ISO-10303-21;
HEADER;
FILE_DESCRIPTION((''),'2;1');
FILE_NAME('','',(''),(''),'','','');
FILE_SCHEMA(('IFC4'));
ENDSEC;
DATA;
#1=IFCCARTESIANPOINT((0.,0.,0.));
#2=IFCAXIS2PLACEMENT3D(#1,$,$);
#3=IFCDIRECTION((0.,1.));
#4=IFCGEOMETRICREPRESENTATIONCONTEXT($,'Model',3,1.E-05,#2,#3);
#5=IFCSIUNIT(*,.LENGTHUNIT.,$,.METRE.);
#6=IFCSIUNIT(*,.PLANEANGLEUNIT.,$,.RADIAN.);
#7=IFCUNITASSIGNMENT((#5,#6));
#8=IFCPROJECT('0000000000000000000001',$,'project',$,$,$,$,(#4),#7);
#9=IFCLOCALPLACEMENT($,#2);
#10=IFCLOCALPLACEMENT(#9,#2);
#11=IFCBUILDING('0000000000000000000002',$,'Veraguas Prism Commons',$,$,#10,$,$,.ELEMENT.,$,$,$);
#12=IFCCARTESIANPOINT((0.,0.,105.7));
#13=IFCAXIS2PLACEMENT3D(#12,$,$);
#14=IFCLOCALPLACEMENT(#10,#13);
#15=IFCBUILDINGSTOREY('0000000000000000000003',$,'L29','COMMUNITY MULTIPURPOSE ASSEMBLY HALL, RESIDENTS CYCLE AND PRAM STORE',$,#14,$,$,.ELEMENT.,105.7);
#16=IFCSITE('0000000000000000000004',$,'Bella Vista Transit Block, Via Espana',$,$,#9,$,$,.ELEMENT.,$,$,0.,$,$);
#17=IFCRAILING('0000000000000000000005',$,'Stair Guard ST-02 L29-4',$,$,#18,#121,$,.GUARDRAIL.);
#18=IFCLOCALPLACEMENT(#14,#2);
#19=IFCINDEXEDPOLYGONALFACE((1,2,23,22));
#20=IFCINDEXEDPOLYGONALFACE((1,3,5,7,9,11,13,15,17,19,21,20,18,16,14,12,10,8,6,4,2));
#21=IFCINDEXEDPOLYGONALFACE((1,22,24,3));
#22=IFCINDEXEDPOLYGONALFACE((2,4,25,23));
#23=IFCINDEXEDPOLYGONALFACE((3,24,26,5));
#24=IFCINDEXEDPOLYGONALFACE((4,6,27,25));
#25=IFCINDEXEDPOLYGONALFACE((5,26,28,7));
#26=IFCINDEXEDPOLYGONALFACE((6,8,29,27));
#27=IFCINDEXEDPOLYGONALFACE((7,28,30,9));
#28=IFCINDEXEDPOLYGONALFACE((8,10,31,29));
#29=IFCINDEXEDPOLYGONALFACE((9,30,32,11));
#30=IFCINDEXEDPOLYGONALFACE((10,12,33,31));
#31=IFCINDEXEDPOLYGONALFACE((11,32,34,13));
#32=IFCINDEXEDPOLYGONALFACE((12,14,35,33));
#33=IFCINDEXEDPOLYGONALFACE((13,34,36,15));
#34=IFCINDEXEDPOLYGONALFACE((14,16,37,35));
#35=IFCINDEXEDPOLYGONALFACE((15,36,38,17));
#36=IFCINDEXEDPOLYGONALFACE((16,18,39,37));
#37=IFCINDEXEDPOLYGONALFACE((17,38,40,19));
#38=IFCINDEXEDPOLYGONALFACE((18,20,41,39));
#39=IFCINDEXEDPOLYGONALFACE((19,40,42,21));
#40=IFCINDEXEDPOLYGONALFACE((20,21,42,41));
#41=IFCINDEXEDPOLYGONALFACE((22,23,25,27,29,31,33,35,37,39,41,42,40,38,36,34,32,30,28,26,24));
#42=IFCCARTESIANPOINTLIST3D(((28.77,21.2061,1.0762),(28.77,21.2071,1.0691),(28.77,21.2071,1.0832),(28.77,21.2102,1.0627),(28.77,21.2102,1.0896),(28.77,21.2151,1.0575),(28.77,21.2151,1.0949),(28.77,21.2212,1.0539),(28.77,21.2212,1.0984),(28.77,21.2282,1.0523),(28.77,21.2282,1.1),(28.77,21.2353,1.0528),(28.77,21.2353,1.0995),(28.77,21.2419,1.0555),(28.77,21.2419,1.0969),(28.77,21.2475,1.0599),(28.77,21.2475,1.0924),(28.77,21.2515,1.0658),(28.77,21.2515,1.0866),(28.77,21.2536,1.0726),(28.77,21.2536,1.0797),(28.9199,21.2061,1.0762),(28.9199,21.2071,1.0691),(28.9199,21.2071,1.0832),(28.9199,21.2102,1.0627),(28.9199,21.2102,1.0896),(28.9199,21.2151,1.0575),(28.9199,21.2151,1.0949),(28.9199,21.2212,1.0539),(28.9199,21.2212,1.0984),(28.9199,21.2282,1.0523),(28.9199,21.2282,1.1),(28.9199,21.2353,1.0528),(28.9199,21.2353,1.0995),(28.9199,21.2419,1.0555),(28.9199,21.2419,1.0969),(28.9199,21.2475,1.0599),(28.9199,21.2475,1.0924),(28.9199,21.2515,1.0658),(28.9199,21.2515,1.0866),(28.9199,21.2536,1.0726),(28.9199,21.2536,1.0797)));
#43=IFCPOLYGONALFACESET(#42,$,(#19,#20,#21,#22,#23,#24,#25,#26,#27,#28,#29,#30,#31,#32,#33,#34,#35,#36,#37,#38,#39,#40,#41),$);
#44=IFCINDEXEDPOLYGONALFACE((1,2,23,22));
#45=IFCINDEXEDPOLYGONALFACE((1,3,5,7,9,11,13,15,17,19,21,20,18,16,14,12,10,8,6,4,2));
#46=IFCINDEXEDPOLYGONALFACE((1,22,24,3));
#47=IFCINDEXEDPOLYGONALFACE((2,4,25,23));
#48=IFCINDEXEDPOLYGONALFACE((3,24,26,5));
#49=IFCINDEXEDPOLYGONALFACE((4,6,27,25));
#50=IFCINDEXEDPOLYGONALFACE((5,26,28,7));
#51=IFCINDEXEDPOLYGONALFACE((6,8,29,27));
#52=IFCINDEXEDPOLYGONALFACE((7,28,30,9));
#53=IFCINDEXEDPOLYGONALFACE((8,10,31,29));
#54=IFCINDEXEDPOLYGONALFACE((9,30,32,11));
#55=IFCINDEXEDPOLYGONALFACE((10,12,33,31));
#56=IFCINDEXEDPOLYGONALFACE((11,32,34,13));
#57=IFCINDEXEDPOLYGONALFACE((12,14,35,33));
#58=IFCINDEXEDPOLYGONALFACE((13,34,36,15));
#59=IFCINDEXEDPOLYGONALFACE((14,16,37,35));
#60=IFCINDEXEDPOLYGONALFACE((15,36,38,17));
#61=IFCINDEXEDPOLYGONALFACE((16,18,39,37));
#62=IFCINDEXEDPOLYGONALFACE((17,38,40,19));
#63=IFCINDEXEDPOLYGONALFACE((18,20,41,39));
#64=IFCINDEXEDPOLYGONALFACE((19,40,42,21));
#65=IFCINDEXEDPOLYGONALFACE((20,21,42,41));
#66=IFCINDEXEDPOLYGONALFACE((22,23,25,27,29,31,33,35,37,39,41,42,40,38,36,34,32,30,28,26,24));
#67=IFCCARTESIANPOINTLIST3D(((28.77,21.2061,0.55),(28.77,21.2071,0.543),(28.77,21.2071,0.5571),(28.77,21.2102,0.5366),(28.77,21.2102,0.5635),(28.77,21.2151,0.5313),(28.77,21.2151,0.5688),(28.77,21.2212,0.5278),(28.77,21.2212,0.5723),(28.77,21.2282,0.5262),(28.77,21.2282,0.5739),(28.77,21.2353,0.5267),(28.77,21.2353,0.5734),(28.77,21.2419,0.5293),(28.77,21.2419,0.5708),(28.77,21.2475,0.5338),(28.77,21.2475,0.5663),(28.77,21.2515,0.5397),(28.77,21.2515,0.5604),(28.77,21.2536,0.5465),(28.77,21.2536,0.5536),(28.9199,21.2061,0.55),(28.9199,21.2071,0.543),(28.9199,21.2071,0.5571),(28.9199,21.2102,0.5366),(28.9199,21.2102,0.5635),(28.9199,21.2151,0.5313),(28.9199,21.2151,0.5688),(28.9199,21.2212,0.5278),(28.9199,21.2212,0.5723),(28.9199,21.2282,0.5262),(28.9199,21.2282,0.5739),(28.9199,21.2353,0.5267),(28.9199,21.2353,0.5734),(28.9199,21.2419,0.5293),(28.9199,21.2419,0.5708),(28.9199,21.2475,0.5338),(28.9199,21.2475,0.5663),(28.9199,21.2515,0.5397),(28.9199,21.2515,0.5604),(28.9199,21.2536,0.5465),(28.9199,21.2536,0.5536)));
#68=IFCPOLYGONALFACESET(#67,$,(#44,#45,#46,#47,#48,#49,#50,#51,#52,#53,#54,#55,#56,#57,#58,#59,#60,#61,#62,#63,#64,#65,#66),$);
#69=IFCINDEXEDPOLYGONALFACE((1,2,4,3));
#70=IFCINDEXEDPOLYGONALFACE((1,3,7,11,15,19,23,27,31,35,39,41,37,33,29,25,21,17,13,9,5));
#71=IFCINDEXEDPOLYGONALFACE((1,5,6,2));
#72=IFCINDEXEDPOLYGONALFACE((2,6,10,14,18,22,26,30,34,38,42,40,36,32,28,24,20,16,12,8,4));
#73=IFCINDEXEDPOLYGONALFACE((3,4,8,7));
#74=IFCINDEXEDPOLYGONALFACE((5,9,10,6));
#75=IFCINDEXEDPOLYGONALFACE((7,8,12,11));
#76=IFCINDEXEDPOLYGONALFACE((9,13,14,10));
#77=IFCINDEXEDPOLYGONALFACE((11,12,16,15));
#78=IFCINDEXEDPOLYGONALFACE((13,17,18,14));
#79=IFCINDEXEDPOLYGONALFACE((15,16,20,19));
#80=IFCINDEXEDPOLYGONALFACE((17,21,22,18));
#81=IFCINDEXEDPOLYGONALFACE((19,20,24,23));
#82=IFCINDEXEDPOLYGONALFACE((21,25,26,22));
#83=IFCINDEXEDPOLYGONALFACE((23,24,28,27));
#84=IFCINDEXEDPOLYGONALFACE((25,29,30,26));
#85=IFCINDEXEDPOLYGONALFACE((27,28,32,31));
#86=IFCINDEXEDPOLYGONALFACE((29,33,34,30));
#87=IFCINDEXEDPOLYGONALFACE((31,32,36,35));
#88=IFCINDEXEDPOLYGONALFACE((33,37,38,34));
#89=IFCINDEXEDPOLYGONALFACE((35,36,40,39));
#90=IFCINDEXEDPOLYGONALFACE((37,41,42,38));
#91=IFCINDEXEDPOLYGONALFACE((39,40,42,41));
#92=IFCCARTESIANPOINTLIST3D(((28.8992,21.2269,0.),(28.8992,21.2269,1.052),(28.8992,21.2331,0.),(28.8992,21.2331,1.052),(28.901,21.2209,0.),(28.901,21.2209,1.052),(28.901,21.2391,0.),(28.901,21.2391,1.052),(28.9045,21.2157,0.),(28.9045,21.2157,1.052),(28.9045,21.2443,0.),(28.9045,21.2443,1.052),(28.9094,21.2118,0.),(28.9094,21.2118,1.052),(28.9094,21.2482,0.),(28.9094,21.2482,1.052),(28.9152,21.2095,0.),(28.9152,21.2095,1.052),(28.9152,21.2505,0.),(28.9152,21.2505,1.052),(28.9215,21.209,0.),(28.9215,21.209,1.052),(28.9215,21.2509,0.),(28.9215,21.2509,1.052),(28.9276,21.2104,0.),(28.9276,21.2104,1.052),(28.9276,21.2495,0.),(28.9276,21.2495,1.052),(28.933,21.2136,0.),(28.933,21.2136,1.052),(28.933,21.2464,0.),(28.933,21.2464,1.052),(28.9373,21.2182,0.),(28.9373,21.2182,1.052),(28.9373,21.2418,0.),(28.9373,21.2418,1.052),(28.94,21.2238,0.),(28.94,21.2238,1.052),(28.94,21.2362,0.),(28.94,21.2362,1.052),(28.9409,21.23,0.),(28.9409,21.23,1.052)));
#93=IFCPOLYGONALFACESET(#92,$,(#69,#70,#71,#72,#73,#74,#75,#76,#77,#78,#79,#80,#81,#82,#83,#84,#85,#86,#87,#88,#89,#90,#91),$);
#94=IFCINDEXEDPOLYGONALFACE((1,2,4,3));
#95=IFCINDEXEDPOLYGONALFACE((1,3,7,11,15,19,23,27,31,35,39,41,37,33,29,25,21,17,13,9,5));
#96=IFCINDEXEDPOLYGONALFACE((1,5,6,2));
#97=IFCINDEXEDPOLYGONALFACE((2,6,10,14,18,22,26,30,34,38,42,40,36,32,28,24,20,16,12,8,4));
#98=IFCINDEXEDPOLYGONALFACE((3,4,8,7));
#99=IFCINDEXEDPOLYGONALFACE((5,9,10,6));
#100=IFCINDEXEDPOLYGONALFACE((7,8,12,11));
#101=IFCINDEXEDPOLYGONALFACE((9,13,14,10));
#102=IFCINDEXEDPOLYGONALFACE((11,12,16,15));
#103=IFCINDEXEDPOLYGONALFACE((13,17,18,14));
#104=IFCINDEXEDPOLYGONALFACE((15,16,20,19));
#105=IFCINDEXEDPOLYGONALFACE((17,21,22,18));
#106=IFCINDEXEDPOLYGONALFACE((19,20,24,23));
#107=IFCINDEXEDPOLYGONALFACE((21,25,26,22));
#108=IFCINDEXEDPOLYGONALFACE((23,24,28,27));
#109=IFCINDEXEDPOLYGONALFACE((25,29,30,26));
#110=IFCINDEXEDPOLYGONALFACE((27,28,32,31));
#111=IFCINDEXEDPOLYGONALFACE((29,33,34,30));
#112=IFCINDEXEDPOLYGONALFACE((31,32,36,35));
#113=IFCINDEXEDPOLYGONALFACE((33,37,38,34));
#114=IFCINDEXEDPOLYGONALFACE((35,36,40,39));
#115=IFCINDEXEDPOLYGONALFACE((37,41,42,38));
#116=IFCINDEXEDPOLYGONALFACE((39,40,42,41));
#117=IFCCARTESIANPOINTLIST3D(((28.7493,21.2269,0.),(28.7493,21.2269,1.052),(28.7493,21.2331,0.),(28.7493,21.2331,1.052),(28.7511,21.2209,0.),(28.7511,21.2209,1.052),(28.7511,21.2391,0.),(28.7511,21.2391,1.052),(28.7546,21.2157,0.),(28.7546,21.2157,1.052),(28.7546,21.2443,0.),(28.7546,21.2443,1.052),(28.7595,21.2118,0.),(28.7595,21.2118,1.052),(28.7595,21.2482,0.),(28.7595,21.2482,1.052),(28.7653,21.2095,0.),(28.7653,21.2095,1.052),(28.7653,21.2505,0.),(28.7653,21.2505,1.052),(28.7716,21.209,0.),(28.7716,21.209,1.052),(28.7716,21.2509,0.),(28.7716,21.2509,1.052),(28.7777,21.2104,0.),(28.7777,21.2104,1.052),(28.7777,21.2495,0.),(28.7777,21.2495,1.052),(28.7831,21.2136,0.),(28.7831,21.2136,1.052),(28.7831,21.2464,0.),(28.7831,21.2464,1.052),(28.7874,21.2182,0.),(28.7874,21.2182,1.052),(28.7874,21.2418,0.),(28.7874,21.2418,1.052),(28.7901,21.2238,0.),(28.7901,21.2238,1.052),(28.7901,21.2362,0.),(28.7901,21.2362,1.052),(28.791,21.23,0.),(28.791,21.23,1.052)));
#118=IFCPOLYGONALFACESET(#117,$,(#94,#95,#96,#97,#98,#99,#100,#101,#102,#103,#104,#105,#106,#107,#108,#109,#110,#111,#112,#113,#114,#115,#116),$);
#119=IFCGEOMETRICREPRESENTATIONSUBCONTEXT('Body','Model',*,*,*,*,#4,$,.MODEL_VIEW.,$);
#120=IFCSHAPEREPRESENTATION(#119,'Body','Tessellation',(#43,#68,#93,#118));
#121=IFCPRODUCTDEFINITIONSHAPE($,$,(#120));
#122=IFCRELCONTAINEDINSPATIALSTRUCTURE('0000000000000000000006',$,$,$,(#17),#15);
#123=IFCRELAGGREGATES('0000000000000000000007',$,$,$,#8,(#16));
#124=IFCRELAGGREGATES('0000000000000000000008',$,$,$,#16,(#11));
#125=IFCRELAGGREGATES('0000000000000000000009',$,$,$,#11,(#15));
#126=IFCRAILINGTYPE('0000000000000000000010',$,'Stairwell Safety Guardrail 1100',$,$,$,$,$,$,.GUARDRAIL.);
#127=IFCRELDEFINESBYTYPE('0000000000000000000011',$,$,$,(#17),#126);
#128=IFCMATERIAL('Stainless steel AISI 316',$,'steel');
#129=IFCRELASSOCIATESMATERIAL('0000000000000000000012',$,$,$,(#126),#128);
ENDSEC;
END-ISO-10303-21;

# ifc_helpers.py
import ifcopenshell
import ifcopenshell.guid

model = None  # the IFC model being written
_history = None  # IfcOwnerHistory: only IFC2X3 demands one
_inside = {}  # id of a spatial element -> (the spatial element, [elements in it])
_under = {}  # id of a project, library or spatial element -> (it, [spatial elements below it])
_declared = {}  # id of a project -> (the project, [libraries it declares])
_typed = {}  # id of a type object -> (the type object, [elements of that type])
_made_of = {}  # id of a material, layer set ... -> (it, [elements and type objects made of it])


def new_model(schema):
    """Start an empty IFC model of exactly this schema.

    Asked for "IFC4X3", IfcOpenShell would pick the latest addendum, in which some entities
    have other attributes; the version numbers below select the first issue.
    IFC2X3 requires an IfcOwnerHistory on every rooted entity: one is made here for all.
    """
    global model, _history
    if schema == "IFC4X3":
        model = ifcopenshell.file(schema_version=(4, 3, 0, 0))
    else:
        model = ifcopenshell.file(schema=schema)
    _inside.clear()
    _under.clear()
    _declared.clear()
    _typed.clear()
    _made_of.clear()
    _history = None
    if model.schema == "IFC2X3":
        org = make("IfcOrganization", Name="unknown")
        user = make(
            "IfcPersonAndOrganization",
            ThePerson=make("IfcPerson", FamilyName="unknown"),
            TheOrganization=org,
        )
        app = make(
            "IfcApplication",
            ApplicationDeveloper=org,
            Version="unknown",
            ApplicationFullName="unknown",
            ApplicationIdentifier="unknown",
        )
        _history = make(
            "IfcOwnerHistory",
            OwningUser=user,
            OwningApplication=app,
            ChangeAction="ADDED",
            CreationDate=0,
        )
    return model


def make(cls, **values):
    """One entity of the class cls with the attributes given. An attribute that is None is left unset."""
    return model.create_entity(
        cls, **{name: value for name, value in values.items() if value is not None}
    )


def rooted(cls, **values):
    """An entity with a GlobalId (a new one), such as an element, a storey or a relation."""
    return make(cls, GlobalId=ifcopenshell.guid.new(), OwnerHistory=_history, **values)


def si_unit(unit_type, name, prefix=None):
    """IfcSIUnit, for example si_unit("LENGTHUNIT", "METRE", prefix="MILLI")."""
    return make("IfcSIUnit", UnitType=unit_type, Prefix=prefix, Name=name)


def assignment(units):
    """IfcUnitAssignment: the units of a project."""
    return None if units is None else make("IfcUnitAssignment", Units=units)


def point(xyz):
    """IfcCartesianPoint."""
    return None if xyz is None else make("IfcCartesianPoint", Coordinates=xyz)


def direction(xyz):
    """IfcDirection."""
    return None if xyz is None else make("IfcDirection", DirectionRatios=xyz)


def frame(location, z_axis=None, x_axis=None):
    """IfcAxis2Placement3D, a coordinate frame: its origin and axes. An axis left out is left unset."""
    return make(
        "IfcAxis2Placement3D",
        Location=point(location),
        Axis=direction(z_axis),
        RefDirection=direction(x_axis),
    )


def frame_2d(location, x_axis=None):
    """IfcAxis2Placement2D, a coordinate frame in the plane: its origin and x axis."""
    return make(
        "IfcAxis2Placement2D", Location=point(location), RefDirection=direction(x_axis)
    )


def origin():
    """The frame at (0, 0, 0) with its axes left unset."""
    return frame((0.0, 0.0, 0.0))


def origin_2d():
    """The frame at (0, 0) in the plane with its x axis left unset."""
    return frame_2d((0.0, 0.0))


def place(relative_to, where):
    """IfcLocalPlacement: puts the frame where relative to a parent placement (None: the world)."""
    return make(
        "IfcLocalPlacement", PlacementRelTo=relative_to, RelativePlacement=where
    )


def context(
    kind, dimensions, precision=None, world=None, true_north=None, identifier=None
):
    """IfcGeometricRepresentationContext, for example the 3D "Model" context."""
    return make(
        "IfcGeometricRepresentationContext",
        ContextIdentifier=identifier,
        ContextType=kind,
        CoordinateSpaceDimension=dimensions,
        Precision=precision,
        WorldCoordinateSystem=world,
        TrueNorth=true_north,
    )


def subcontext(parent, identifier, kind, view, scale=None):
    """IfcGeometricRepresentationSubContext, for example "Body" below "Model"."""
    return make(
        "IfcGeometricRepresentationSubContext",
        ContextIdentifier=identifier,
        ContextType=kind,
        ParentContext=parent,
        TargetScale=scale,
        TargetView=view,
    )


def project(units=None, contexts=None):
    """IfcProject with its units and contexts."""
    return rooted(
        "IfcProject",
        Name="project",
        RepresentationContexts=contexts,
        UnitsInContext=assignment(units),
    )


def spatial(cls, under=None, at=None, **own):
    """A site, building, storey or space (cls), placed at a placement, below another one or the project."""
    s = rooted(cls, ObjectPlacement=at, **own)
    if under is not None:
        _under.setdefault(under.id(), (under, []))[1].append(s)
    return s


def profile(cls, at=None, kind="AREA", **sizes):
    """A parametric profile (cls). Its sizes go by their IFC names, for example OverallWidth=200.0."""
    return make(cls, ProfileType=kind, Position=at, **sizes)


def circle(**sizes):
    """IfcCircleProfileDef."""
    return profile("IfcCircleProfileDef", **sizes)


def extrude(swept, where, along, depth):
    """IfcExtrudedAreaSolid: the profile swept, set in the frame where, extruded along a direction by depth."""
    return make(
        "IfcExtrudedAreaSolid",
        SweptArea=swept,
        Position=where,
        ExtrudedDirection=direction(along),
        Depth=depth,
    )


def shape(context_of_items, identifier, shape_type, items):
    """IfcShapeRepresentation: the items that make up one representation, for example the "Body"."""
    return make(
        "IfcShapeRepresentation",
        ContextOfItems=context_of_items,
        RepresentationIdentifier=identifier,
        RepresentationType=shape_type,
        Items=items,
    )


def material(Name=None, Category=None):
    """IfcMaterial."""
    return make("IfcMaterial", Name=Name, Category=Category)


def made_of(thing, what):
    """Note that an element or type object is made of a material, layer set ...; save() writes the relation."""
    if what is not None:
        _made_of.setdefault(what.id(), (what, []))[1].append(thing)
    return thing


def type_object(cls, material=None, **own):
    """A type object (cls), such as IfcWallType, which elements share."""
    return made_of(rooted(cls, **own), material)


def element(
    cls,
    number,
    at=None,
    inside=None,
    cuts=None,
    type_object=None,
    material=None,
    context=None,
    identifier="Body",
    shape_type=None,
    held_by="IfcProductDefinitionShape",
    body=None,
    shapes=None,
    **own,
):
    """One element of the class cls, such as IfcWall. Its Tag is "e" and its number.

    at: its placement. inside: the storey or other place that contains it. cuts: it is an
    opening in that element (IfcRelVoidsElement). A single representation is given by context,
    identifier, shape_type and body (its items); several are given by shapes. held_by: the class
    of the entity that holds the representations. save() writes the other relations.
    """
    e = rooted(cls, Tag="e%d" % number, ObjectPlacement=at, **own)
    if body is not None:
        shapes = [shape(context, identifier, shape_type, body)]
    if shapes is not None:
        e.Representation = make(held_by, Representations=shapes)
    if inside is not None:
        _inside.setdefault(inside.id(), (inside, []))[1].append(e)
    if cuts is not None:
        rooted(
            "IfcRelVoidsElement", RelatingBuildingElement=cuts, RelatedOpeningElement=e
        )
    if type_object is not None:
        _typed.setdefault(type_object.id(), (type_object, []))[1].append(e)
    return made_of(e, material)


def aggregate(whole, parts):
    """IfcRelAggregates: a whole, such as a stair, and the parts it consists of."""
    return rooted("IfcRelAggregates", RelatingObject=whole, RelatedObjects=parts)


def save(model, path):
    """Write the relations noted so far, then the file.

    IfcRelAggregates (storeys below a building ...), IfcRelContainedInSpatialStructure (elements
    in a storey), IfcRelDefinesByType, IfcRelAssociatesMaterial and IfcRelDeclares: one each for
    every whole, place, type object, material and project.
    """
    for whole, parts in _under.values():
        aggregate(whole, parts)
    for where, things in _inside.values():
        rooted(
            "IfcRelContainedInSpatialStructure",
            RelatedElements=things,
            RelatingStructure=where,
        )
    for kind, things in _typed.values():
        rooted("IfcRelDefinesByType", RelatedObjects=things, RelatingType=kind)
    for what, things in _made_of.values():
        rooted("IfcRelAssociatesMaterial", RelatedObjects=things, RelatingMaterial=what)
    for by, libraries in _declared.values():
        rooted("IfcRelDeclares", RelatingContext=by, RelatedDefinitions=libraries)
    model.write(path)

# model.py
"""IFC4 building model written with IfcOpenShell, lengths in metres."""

from ifc_helpers import new_model, si_unit, direction, frame, origin, origin_2d, place, context, subcontext, project, spatial, circle, extrude, material, type_object, element, save


model = new_model("IFC4")

# Units and contexts
model_context = context("Model", 3, precision=1e-05, world=origin(), true_north=direction((0.0, 1.0)))
body_context = subcontext(model_context, "Body", "Model", "MODEL_VIEW")
ifc_project = project(units=[si_unit("LENGTHUNIT", "METRE"), si_unit("PLANEANGLEUNIT", "RADIAN")], contexts=[model_context])

# Site, building, storey
site_placement = place(None, origin())
site = spatial("IfcSite", under=ifc_project, at=site_placement, Name="Bella Vista Transit Block, Via Espana", CompositionType="ELEMENT", RefElevation=0.0)
building_placement = place(site_placement, origin())
building = spatial("IfcBuilding", under=site, at=building_placement, Name="Veraguas Prism Commons", CompositionType="ELEMENT")
storey_placement = place(building_placement, frame((0.0, 0.0, 105.7)))
storey = spatial("IfcBuildingStorey", under=building, at=storey_placement, Name="L29", Description="COMMUNITY MULTIPURPOSE ASSEMBLY HALL, RESIDENTS CYCLE AND PRAM STORE", CompositionType="ELEMENT", Elevation=105.7)

# Shared definitions
ifc_material_1 = material(Name="Stainless steel AISI 316", Category="steel")

# Railing
railing_type_1 = type_object("IfcRailingType", Name="Stairwell Safety Guardrail 1100", PredefinedType="GUARDRAIL", material=ifc_material_1)
railing_1_placement = place(storey_placement, frame((28.9199, 21.23, 0.0)))
element("IfcRailing", 1, at=railing_1_placement, inside=storey, type_object=railing_type_1, Name="Stair Guard ST-02 L29-4", PredefinedType="GUARDRAIL", context=body_context, shape_type="SweptSolid", body=[
    extrude(circle(Radius=0.0239, at=origin_2d()), frame((0.0, 0.0, 1.0762), z_axis=(-1.0, 0.0, 0.0), x_axis=(0.0, -1.0, 0.0)), (0.0, 0.0, 1.0), 0.1499),
    extrude(circle(Radius=0.0239, at=origin_2d()), frame((0.0, 0.0, 0.55), z_axis=(-1.0, 0.0, 0.0), x_axis=(0.0, -1.0, 0.0)), (0.0, 0.0, 1.0), 0.1499),
    extrude(circle(Radius=0.021, at=origin_2d()), origin(), (0.0, 0.0, 1.0), 1.052),
    extrude(circle(Radius=0.021, at=origin_2d()), frame((-0.1499, 0.0, 0.0)), (0.0, 0.0, 1.0), 1.052),
])

save(model, "model.ifc")
